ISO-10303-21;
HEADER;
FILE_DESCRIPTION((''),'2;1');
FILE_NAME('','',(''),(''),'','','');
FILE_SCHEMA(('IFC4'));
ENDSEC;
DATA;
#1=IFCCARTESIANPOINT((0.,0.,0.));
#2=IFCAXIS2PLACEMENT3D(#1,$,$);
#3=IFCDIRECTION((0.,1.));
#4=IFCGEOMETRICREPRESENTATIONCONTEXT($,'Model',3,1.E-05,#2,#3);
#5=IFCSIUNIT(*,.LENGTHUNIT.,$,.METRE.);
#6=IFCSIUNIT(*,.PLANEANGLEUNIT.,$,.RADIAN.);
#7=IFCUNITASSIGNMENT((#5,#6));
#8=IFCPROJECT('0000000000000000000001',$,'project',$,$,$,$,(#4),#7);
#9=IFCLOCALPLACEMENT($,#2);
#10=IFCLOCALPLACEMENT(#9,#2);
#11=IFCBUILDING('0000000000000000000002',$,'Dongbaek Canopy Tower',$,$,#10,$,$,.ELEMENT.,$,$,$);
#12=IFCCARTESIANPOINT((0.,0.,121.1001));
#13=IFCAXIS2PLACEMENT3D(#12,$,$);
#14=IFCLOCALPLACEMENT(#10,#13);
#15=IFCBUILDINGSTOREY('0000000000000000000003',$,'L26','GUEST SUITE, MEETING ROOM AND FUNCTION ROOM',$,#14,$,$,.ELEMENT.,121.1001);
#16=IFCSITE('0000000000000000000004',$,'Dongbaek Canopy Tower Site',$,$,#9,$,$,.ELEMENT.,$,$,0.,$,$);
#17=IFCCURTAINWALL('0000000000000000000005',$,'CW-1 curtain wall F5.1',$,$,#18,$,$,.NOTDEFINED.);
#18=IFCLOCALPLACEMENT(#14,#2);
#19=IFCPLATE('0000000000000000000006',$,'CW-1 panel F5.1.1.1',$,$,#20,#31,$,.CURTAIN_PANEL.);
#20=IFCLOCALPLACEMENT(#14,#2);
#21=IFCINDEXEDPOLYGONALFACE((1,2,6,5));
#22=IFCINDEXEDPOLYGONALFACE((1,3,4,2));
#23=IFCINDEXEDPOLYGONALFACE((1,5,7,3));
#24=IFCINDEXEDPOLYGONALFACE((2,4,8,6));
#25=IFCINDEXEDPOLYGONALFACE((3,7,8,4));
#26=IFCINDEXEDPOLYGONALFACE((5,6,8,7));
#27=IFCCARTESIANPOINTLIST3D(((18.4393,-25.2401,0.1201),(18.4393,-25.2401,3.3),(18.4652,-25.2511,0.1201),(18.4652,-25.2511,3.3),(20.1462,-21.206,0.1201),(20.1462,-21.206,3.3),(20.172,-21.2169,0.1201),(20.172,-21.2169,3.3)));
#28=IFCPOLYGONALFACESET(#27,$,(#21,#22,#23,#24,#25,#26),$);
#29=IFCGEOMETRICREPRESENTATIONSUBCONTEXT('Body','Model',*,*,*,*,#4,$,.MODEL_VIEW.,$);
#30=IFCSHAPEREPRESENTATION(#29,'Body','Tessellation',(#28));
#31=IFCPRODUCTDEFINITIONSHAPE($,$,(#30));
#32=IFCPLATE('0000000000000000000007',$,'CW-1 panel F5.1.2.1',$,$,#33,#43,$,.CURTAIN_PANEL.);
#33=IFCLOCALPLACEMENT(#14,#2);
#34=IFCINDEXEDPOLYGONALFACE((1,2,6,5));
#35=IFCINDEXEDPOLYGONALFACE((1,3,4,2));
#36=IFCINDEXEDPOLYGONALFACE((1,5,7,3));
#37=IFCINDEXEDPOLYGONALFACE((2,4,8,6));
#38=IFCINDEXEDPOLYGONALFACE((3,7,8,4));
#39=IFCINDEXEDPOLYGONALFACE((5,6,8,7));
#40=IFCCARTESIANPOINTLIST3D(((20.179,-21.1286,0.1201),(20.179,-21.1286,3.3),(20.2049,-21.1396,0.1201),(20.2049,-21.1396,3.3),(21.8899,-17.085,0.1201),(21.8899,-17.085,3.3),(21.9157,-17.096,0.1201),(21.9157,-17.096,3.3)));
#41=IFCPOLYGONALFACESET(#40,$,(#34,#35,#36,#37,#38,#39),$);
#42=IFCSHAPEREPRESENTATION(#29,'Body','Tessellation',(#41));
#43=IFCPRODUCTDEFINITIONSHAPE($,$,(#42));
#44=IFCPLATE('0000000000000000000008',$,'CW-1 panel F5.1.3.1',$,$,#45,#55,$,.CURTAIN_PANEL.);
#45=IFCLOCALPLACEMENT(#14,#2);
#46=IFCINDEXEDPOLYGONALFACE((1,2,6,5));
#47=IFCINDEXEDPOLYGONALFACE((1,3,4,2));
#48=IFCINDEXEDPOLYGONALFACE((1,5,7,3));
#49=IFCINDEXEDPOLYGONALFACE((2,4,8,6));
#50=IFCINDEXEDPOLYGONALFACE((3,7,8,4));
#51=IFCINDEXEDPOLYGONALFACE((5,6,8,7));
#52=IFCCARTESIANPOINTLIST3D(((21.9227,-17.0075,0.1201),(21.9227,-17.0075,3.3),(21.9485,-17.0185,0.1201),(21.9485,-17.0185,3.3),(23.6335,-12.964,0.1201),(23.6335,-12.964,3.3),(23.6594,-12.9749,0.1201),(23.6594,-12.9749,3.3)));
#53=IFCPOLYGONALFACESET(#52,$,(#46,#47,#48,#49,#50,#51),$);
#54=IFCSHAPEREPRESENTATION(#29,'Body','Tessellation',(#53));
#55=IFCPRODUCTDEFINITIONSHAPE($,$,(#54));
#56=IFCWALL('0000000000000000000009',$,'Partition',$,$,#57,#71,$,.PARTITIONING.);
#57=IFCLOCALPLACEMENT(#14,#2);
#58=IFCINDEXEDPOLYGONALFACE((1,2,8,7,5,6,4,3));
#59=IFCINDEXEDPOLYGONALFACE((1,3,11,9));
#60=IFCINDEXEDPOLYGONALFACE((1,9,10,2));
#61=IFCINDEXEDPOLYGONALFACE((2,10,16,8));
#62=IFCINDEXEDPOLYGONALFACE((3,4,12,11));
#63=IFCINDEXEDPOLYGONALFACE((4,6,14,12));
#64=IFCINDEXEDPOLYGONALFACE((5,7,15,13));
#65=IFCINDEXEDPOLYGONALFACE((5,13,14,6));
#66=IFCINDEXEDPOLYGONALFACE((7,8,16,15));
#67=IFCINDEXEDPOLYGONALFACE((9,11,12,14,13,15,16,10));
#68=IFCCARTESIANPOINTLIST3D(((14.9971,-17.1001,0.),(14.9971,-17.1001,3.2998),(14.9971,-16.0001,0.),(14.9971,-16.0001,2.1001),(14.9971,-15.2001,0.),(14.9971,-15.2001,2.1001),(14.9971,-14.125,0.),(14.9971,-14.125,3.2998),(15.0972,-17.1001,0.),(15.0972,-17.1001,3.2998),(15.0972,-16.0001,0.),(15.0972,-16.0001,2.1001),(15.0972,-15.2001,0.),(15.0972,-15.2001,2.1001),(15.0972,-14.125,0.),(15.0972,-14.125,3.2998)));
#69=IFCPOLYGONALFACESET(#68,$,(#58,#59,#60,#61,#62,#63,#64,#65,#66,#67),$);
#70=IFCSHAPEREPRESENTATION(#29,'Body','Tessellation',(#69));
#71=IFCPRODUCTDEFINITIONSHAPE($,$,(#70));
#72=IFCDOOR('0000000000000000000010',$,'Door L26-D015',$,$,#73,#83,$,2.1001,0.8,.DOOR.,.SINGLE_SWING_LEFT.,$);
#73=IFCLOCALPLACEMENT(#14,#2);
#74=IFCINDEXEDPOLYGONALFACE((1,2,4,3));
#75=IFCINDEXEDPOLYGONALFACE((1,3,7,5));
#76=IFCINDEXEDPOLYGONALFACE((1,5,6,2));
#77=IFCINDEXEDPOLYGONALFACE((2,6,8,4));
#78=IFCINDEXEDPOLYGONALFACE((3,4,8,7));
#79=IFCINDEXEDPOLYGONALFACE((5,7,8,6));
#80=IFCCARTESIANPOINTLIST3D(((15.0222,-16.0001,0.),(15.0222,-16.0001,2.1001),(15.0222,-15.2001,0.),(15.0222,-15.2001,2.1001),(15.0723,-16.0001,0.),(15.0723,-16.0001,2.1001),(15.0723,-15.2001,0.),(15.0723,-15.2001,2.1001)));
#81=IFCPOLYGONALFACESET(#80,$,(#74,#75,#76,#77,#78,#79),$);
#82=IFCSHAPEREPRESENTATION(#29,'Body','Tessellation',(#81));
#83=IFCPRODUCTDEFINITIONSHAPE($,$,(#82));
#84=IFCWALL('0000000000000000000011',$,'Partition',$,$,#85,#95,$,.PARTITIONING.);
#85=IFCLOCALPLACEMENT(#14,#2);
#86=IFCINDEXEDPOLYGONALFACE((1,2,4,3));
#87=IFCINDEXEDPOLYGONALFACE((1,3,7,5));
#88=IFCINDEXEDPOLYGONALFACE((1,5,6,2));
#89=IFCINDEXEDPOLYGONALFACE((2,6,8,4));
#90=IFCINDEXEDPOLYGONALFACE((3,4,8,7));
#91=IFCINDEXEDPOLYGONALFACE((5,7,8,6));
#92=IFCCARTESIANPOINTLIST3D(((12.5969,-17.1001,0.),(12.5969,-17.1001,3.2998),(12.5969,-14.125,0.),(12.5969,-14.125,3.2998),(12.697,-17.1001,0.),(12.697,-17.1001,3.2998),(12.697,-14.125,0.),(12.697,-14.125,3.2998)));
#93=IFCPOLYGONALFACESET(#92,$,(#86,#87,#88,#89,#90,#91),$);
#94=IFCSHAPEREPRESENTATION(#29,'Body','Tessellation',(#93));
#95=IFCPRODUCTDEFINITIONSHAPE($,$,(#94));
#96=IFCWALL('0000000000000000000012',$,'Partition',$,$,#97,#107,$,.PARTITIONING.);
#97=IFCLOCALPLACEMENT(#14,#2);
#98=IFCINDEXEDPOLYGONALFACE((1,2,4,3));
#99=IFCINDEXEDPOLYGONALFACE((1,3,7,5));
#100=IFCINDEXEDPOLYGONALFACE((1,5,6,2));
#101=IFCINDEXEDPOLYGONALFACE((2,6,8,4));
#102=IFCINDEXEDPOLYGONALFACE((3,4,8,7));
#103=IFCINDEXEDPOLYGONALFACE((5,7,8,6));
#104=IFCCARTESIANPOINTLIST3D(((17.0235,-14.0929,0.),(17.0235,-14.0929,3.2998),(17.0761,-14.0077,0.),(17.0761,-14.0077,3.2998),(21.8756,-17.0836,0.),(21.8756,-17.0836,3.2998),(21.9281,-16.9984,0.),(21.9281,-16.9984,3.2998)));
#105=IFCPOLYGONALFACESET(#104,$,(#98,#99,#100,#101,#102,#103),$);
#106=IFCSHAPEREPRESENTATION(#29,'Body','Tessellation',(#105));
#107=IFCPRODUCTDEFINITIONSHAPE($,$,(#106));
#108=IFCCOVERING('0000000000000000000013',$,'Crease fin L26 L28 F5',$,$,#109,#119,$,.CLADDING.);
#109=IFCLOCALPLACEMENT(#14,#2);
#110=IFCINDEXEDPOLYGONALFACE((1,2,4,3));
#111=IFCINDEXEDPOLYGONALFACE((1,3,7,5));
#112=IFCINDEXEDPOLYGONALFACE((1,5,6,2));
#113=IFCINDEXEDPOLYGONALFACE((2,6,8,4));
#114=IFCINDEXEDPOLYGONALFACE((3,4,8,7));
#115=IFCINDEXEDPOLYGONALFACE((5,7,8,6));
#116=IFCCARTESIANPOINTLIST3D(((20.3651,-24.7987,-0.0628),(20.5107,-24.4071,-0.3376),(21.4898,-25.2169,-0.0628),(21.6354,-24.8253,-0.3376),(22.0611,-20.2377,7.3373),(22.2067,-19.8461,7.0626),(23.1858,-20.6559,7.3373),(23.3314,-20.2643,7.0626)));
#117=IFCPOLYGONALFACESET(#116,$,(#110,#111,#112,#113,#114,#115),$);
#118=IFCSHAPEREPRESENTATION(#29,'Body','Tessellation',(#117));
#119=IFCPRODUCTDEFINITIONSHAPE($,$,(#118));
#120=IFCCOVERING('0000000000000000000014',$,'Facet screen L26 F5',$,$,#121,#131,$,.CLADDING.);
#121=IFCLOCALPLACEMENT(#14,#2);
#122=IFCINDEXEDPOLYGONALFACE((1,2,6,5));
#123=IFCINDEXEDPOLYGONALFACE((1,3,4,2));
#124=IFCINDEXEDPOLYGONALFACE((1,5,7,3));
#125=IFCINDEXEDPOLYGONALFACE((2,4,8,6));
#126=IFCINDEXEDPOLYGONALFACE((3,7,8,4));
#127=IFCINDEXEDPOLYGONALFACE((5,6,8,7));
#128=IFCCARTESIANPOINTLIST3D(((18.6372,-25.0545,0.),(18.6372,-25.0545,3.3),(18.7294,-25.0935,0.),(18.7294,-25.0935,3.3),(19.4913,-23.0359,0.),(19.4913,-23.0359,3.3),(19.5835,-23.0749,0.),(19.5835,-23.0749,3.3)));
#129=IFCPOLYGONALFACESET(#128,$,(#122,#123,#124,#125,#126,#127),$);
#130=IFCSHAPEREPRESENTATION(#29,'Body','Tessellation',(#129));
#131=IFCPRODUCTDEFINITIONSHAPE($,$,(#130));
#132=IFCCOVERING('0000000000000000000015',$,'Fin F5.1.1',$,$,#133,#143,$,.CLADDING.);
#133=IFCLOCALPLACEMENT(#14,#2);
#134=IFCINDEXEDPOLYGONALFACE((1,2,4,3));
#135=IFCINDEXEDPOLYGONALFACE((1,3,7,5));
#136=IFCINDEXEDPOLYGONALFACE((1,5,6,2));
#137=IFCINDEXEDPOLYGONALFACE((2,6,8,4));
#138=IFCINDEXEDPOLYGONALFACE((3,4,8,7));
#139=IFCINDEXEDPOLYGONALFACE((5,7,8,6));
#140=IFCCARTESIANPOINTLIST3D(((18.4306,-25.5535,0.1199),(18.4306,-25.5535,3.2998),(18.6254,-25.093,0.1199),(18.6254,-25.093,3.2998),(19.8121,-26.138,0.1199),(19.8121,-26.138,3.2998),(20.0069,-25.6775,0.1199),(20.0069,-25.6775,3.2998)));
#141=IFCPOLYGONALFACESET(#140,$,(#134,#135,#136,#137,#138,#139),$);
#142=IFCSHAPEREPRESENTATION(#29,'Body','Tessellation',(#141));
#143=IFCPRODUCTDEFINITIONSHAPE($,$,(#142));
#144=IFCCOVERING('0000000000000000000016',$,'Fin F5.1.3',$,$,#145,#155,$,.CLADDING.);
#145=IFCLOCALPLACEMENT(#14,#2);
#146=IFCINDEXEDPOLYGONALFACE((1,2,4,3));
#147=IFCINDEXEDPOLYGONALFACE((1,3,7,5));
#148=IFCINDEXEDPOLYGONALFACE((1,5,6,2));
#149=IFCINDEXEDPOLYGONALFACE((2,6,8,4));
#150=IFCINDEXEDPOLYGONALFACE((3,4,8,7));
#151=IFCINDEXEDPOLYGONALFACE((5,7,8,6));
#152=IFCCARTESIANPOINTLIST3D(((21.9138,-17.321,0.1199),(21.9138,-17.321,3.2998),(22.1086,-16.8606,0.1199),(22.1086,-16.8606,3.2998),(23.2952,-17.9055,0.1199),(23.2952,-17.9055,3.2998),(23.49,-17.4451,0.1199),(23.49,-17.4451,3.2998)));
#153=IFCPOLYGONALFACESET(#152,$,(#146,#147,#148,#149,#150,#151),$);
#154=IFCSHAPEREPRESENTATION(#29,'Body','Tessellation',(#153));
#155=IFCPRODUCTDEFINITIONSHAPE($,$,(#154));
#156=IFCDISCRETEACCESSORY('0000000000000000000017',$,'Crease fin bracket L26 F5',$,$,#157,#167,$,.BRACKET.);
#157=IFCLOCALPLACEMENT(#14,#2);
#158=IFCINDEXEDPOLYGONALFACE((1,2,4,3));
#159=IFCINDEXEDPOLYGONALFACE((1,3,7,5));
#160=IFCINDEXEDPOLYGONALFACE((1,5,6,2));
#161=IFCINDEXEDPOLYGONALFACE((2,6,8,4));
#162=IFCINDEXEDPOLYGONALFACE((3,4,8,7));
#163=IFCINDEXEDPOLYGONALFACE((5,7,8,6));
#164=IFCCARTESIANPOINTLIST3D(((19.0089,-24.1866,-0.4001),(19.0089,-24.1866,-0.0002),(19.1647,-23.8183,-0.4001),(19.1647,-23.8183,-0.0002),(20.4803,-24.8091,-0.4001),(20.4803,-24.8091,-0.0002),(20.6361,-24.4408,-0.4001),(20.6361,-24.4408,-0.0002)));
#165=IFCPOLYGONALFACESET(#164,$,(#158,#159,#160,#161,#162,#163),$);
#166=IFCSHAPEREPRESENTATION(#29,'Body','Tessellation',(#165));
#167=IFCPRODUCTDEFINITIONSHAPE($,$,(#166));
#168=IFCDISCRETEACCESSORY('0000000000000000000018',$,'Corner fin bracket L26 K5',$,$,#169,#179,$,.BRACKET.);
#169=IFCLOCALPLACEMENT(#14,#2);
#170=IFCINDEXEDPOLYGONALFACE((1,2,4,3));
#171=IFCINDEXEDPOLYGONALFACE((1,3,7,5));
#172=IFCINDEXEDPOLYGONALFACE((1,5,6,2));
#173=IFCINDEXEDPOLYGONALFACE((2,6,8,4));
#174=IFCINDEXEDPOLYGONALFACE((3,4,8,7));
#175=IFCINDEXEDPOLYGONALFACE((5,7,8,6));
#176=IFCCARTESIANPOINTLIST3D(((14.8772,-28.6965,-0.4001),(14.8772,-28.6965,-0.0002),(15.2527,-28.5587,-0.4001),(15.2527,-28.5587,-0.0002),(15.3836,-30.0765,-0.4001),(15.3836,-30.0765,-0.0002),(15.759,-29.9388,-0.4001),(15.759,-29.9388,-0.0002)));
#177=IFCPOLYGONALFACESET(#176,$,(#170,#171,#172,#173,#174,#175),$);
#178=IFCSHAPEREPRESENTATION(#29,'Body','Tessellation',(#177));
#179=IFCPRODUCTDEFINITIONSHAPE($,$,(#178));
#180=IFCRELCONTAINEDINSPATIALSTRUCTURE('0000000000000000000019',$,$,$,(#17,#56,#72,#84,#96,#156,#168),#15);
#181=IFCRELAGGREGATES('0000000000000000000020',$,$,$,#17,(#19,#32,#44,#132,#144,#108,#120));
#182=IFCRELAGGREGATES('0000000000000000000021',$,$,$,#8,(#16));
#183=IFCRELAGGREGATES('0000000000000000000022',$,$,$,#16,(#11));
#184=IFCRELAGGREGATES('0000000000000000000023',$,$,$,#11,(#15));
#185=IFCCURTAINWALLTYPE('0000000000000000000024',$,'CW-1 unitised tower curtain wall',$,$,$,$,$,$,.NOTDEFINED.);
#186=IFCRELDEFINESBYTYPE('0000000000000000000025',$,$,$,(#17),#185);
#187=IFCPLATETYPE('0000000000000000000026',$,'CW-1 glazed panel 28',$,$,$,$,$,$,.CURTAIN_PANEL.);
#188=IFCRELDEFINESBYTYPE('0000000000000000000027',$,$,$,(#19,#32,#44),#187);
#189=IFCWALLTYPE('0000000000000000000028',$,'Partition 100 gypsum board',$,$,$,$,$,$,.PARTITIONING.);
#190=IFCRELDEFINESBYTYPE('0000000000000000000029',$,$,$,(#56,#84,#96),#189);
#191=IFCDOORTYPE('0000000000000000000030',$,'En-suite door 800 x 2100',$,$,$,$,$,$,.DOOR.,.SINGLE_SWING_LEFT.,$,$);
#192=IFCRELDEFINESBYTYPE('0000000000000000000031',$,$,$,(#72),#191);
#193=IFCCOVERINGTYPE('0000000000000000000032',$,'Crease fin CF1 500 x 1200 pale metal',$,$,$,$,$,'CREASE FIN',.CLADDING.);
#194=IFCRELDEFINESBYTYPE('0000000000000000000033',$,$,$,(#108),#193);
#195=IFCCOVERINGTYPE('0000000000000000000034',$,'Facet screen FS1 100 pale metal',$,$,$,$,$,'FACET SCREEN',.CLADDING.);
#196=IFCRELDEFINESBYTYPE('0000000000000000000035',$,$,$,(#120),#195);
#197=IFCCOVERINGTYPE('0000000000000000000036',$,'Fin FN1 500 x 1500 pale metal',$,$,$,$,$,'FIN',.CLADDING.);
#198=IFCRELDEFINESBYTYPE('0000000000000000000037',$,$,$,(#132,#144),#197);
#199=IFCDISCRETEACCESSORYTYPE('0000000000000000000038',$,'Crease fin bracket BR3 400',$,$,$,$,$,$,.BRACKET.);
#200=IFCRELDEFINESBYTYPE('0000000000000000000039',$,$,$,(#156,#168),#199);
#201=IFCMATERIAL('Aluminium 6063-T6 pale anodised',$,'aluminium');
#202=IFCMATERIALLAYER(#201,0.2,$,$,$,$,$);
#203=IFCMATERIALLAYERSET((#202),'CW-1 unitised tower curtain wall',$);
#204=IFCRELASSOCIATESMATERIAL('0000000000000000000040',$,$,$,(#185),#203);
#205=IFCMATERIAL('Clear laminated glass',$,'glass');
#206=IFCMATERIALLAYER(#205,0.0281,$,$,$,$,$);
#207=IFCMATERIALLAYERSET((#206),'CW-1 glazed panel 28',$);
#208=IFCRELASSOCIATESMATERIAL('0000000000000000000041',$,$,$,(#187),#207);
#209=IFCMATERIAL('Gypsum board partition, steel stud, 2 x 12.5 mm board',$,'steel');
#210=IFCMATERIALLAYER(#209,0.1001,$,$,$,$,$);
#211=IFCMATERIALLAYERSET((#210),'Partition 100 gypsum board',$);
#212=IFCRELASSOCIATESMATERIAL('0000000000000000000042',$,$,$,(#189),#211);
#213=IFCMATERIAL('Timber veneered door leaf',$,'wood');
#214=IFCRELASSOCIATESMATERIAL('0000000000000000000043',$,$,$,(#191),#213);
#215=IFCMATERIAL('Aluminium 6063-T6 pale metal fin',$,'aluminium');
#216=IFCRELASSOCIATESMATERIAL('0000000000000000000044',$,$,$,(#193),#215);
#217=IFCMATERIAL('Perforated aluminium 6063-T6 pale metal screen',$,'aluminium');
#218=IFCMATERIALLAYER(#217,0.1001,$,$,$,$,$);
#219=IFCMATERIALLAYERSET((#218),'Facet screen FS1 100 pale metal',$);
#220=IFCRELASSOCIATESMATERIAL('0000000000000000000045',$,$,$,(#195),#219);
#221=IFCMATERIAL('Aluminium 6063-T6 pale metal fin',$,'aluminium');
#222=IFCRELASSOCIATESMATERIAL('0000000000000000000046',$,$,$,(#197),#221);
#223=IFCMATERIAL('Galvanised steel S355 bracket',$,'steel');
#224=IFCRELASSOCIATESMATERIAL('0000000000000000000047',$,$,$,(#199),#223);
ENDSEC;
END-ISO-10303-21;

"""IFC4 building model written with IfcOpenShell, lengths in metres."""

from ifc_helpers import new_model, si_unit, direction, frame, frame_2d, origin, origin_2d, place, context, subcontext, project, spatial, rectangle, extrude, material, layer, layer_set, material_profile, profile_set, type_object, element, fill, aggregate, save


model = new_model("IFC4")

# Units and contexts
model_context = context("Model", 3, precision=1e-05, world=origin(), true_north=direction((0.0, 1.0)))
body_context = subcontext(model_context, "Body", "Model", "MODEL_VIEW")
ifc_project = project(units=[si_unit("LENGTHUNIT", "METRE"), si_unit("PLANEANGLEUNIT", "RADIAN")], contexts=[model_context])

# Site, building, storey
site_placement = place(None, origin())
site = spatial("IfcSite", under=ifc_project, at=site_placement, Name="Dongbaek Canopy Tower Site", CompositionType="ELEMENT", RefElevation=0.0)
building_placement = place(site_placement, origin())
building = spatial("IfcBuilding", under=site, at=building_placement, Name="Dongbaek Canopy Tower", CompositionType="ELEMENT")
storey_placement = place(building_placement, frame((0.0, 0.0, 121.1001)))
storey = spatial("IfcBuildingStorey", under=building, at=storey_placement, Name="L26", Description="GUEST SUITE, MEETING ROOM AND FUNCTION ROOM", CompositionType="ELEMENT", Elevation=121.1001)

# Shared definitions
ifc_material_1 = material(Name="Aluminium 6063-T6 pale anodised", Category="aluminium")
ifc_layer_1 = layer(ifc_material_1, 0.2)
ifc_layer_set_1 = layer_set([ifc_layer_1], Name="CW-1 unitised tower curtain wall")
curtain_wall_type = type_object("IfcCurtainWallType", Name="CW-1 unitised tower curtain wall", PredefinedType="NOTDEFINED", material=ifc_layer_set_1)

# Curtain wall
curtain_wall_1_placement = place(storey_placement, origin())
curtain_wall_1 = element("IfcCurtainWall", 1, at=curtain_wall_1_placement, inside=storey, type_object=curtain_wall_type, Name="CW-1 curtain wall F5.1", PredefinedType="NOTDEFINED")

# Plates
ifc_material_2 = material(Name="Clear laminated glass", Category="glass")
ifc_layer_2 = layer(ifc_material_2, 0.0281)
ifc_layer_set_2 = layer_set([ifc_layer_2], Name="CW-1 glazed panel 28")
plate_type = type_object("IfcPlateType", Name="CW-1 glazed panel 28", PredefinedType="CURTAIN_PANEL", material=ifc_layer_set_2)
plate_1_placement = place(storey_placement, frame((19.3057, -23.2285, 0.1201), z_axis=(0.0, 0.0, 1.0), x_axis=(0.389663, 0.920958, 0.0)))
plate_1 = element("IfcPlate", 2, at=plate_1_placement, type_object=plate_type, Name="CW-1 panel F5.1.1.1", PredefinedType="CURTAIN_PANEL", context=body_context, shape_type="SweptSolid", body=[
    extrude(rectangle(XDim=4.3804, YDim=0.0281, at=origin_2d()), origin(), (0.0, 0.0, 1.0), 3.1799),
])
plate_2_placement = place(storey_placement, frame((21.0474, -19.1123, 0.1201), z_axis=(0.0, 0.0, 1.0), x_axis=(0.389663, 0.920958, 0.0)))
plate_2 = element("IfcPlate", 3, at=plate_2_placement, type_object=plate_type, Name="CW-1 panel F5.1.2.1", PredefinedType="CURTAIN_PANEL", context=body_context, shape_type="SweptSolid", body=[
    extrude(rectangle(XDim=4.3906, YDim=0.0281, at=origin_2d()), origin(), (0.0, 0.0, 1.0), 3.1799),
])
plate_3_placement = place(storey_placement, frame((22.791, -14.9912, 0.1201), z_axis=(0.0, 0.0, 1.0), x_axis=(0.389663, 0.920958, 0.0)))
plate_3 = element("IfcPlate", 4, at=plate_3_placement, type_object=plate_type, Name="CW-1 panel F5.1.3.1", PredefinedType="CURTAIN_PANEL", context=body_context, shape_type="SweptSolid", body=[
    extrude(rectangle(XDim=4.3906, YDim=0.0281, at=origin_2d()), origin(), (0.0, 0.0, 1.0), 3.1799),
])

# Wall, opening, door
ifc_material_3 = material(Name="Gypsum board partition, steel stud, 2 x 12.5 mm board", Category="steel")
ifc_layer_3 = layer(ifc_material_3, 0.1001)
ifc_layer_set_3 = layer_set([ifc_layer_3], Name="Partition 100 gypsum board")
wall_type = type_object("IfcWallType", Name="Partition 100 gypsum board", PredefinedType="PARTITIONING", material=ifc_layer_set_3)
wall_1_placement = place(storey_placement, frame((15.0471, -17.1001, 0.0), z_axis=(0.0, 0.0, 1.0), x_axis=(0.0, 1.0, 0.0)))
wall_1 = element("IfcWall", 5, at=wall_1_placement, inside=storey, type_object=wall_type, Name="Partition", PredefinedType="PARTITIONING", context=body_context, shape_type="SweptSolid", body=[
    extrude(rectangle(XDim=2.9751, YDim=0.1001, at=frame_2d((1.4875, 0.0))), origin(), (0.0, 0.0, 1.0), 3.2998),
])
opening_placement = place(wall_1_placement, frame((1.1001, 0.0, 0.0)))
opening = element("IfcOpeningElement", 6, at=opening_placement, cuts=wall_1, PredefinedType="OPENING", context=body_context, shape_type="SweptSolid", body=[
    extrude(rectangle(XDim=0.8, YDim=2.1001, at=frame_2d((0.3999, 1.05))), frame((0.0, 0.0601, 0.0), z_axis=(0.0, -1.0, 0.0), x_axis=(1.0, 0.0, 0.0)), (0.0, 0.0, 1.0), 0.1201),
])
ifc_material_4 = material(Name="Timber veneered door leaf", Category="wood")
door_type = type_object("IfcDoorType", Name="En-suite door 800 x 2100", OperationType="SINGLE_SWING_LEFT", PredefinedType="DOOR", material=ifc_material_4)
door_placement = place(opening_placement, origin())
door = element("IfcDoor", 7, at=door_placement, inside=storey, type_object=door_type, Name="Door L26-D015", OperationType="SINGLE_SWING_LEFT", OverallHeight=2.1001, OverallWidth=0.8, PredefinedType="DOOR", context=body_context, shape_type="SweptSolid", body=[
    extrude(rectangle(XDim=0.8, YDim=2.1001, at=frame_2d((0.3999, 1.05))), frame((0.0, 0.0249, 0.0), z_axis=(0.0, -1.0, 0.0), x_axis=(1.0, 0.0, 0.0)), (0.0, 0.0, 1.0), 0.05),
])
fill(opening, door)

# Walls
wall_2_placement = place(storey_placement, frame((12.647, -17.1001, 0.0), z_axis=(0.0, 0.0, 1.0), x_axis=(0.0, 1.0, 0.0)))
element("IfcWall", 8, at=wall_2_placement, inside=storey, type_object=wall_type, Name="Partition", PredefinedType="PARTITIONING", context=body_context, shape_type="SweptSolid", body=[
    extrude(rectangle(XDim=2.9751, YDim=0.1001, at=frame_2d((1.4875, 0.0))), origin(), (0.0, 0.0, 1.0), 3.2998),
])
wall_3_placement = place(storey_placement, frame((17.0498, -14.0503, 0.0), z_axis=(0.0, 0.0, 1.0), x_axis=(0.851279, -0.524714, 0.0)))
element("IfcWall", 9, at=wall_3_placement, inside=storey, type_object=wall_type, Name="Partition", PredefinedType="PARTITIONING", context=body_context, shape_type="SweptSolid", body=[
    extrude(rectangle(XDim=5.6997, YDim=0.1001, at=frame_2d((2.8499, 0.0))), origin(), (0.0, 0.0, 1.0), 3.2998),
])

# Coverings
ifc_material_5 = material(Name="Aluminium 6063-T6 pale metal fin", Category="aluminium")
ifc_material_profile_1 = material_profile(ifc_material_5, rectangle(XDim=1.2, YDim=0.5, at=origin_2d()), Name="Crease fin CF1 500 x 1200 pale metal")
ifc_profile_set_1 = profile_set([ifc_material_profile_1], Name="Aluminium 6063-T6 pale metal fin")
covering_type_1 = type_object("IfcCoveringType", Name="Crease fin CF1 500 x 1200 pale metal", ElementType="CREASE FIN", PredefinedType="CLADDING", material=ifc_profile_set_1)
covering_1_placement = place(storey_placement, frame((21.0002, -24.812, -0.2002), z_axis=(0.191498, 0.514979, 0.835539), x_axis=(-0.937295, 0.348538, 0.0)))
covering_1 = element("IfcCovering", 10, at=covering_1_placement, type_object=covering_type_1, Name="Crease fin L26 L28 F5", PredefinedType="CLADDING", context=body_context, shape_type="SweptSolid", body=[
    extrude(rectangle(XDim=1.2, YDim=0.5, at=origin_2d()), origin(), (0.0, 0.0, 1.0), 8.8567),
])
ifc_material_6 = material(Name="Perforated aluminium 6063-T6 pale metal screen", Category="aluminium")
ifc_layer_4 = layer(ifc_material_6, 0.1001)
ifc_layer_set_4 = layer_set([ifc_layer_4], Name="Facet screen FS1 100 pale metal")
covering_type_2 = type_object("IfcCoveringType", Name="Facet screen FS1 100 pale metal", ElementType="FACET SCREEN", PredefinedType="CLADDING", material=ifc_layer_set_4)
covering_2_placement = place(storey_placement, frame((19.1104, -24.0647, 0.0), z_axis=(0.0, 0.0, 1.0), x_axis=(0.389662, 0.920958, 0.0)))
covering_2 = element("IfcCovering", 11, at=covering_2_placement, type_object=covering_type_2, Name="Facet screen L26 F5", PredefinedType="CLADDING", context=body_context, shape_type="SweptSolid", body=[
    extrude(rectangle(XDim=2.1919, YDim=0.1001, at=origin_2d()), origin(), (0.0, 0.0, 1.0), 3.3),
])
ifc_material_7 = material(Name="Aluminium 6063-T6 pale metal fin", Category="aluminium")
ifc_material_profile_2 = material_profile(ifc_material_7, rectangle(XDim=1.5, YDim=0.5, at=origin_2d()), Name="Fin FN1 500 x 1500 pale metal")
ifc_profile_set_2 = profile_set([ifc_material_profile_2], Name="Aluminium 6063-T6 pale metal fin")
covering_type_3 = type_object("IfcCoveringType", Name="Fin FN1 500 x 1500 pale metal", ElementType="FIN", PredefinedType="CLADDING", material=ifc_profile_set_2)
covering_3_placement = place(storey_placement, frame((19.2188, -25.6155, 0.1199), z_axis=(0.0, 0.0, 1.0), x_axis=(0.920958, -0.389663, 0.0)))
covering_3 = element("IfcCovering", 12, at=covering_3_placement, type_object=covering_type_3, Name="Fin F5.1.1", PredefinedType="CLADDING", context=body_context, shape_type="SweptSolid", body=[
    extrude(rectangle(XDim=1.5, YDim=0.5, at=origin_2d()), origin(), (0.0, 0.0, 1.0), 3.1799),
])
covering_4_placement = place(storey_placement, frame((22.7019, -17.3831, 0.1199), z_axis=(0.0, 0.0, 1.0), x_axis=(0.920958, -0.389663, 0.0)))
covering_4 = element("IfcCovering", 13, at=covering_4_placement, type_object=covering_type_3, Name="Fin F5.1.3", PredefinedType="CLADDING", context=body_context, shape_type="SweptSolid", body=[
    extrude(rectangle(XDim=1.5, YDim=0.5, at=origin_2d()), origin(), (0.0, 0.0, 1.0), 3.1799),
])
aggregate(curtain_wall_1, [plate_1, plate_2, plate_3, covering_3, covering_4, covering_1, covering_2])

# Discrete accessories
ifc_material_8 = material(Name="Galvanised steel S355 bracket", Category="steel")
discrete_accessory_type = type_object("IfcDiscreteAccessoryType", Name="Crease fin bracket BR3 400", PredefinedType="BRACKET", material=ifc_material_8)
discrete_accessory_1_placement = place(storey_placement, frame((19.8225, -24.3137, -0.4001), z_axis=(0.0, 0.0, 1.0), x_axis=(0.920958, -0.389662, 0.0)))
element("IfcDiscreteAccessory", 14, at=discrete_accessory_1_placement, inside=storey, type_object=discrete_accessory_type, Name="Crease fin bracket L26 F5", PredefinedType="BRACKET", context=body_context, shape_type="SweptSolid", body=[
    extrude(rectangle(XDim=1.5977, YDim=0.3999, at=origin_2d()), origin(), (0.0, 0.0, 1.0), 0.3999),
])
discrete_accessory_2_placement = place(storey_placement, frame((15.3181, -29.3176, -0.4001), z_axis=(0.0, 0.0, 1.0), x_axis=(0.344451, -0.938804, 0.0)))
element("IfcDiscreteAccessory", 15, at=discrete_accessory_2_placement, inside=storey, type_object=discrete_accessory_type, Name="Corner fin bracket L26 K5", PredefinedType="BRACKET", context=body_context, shape_type="SweptSolid", body=[
    extrude(rectangle(XDim=1.47, YDim=0.3999, at=origin_2d()), origin(), (0.0, 0.0, 1.0), 0.3999),
])

save(model, "model.ifc")
